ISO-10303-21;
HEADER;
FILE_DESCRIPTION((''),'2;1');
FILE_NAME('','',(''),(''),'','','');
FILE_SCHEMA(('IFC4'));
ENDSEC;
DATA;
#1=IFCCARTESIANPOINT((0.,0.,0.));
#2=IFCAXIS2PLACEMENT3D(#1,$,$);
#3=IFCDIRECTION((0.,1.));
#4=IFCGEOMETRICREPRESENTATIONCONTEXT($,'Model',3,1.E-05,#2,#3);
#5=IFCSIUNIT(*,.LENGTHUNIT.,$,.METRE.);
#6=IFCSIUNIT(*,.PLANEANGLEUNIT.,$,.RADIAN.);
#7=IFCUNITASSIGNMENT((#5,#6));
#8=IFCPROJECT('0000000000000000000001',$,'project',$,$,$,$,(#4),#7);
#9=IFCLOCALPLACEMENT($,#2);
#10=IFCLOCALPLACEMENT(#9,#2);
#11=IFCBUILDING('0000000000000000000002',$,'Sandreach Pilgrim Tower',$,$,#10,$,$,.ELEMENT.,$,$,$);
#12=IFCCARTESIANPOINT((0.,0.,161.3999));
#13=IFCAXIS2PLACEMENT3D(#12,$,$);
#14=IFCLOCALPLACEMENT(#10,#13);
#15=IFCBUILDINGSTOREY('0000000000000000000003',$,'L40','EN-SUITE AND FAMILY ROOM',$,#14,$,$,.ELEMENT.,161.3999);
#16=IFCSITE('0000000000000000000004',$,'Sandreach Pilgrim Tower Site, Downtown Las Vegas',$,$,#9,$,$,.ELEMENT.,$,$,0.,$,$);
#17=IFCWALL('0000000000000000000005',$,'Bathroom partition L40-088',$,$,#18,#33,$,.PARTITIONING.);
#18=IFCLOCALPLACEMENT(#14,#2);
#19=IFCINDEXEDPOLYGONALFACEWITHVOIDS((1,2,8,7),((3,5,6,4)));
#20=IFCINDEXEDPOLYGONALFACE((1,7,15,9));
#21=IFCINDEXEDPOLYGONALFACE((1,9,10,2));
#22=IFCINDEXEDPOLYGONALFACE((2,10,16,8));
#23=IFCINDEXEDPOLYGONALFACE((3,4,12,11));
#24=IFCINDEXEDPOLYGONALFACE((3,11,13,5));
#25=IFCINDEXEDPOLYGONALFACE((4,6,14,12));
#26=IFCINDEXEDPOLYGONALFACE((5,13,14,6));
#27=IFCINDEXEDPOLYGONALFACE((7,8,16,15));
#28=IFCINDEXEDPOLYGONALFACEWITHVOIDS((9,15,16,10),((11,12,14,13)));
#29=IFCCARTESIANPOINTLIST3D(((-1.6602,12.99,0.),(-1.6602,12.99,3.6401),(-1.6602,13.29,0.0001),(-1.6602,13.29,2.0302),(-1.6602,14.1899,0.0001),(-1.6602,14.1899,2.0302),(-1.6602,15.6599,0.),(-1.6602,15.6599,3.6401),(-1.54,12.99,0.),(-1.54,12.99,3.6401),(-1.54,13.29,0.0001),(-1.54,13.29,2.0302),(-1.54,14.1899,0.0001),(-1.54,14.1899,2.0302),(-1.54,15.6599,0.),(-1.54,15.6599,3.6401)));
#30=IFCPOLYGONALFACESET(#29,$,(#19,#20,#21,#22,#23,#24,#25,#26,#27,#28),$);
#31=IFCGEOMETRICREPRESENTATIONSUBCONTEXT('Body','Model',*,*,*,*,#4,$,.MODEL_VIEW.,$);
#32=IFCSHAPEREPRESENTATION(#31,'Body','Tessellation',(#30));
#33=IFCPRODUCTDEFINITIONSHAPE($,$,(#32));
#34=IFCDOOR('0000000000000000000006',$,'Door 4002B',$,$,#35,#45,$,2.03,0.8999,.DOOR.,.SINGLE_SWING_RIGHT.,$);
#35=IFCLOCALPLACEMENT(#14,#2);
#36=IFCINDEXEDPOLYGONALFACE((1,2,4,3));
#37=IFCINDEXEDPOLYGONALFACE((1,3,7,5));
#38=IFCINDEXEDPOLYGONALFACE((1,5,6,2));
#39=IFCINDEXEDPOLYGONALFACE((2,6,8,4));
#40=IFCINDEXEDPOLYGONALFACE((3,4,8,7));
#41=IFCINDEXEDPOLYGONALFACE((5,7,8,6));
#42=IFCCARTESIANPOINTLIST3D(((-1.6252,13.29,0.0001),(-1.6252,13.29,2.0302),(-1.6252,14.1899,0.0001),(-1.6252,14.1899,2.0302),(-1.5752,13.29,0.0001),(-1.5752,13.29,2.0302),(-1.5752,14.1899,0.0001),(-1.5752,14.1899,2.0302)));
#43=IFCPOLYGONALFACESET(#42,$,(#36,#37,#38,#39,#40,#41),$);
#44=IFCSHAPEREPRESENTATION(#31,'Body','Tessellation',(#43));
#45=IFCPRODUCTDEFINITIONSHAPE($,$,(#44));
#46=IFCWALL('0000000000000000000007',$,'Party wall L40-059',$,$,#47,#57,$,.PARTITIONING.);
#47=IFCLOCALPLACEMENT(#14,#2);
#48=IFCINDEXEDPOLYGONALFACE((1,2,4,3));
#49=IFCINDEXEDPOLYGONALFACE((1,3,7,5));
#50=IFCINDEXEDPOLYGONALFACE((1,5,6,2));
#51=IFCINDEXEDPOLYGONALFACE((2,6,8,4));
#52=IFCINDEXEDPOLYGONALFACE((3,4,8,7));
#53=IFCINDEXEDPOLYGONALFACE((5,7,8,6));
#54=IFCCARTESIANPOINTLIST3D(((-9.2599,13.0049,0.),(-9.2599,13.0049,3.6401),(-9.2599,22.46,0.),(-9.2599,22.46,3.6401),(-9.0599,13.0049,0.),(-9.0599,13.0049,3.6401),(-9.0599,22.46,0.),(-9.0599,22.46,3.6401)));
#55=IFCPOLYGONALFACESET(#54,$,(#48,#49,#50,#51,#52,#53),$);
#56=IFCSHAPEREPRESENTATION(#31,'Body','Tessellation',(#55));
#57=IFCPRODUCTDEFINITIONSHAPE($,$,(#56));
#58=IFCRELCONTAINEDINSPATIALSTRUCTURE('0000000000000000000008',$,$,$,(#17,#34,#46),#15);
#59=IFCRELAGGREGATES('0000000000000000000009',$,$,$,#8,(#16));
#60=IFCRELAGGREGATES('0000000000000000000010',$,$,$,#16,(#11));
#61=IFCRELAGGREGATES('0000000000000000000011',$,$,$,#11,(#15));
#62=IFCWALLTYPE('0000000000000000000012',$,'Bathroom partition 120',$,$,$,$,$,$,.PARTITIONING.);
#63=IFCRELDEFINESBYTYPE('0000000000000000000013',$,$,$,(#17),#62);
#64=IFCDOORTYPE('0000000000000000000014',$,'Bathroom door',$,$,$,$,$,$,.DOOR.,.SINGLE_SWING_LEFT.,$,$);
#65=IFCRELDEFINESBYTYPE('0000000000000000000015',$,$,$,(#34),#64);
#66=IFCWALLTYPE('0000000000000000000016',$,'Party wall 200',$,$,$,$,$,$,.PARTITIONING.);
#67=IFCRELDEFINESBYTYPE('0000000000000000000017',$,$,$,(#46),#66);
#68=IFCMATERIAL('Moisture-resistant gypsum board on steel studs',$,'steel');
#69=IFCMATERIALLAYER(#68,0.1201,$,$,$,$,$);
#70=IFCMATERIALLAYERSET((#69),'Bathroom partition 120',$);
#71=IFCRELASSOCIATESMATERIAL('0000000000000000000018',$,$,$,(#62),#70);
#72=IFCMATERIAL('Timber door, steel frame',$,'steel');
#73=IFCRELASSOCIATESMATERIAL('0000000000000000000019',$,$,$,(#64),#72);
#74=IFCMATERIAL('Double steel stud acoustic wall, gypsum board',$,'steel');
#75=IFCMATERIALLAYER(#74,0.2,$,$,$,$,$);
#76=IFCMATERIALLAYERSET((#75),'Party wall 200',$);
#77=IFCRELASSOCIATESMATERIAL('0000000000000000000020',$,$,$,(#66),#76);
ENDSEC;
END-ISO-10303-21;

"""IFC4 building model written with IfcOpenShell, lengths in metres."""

from ifc_helpers import new_model, si_unit, direction, frame, frame_2d, origin, place, context, subcontext, project, spatial, rectangle, extrude, material, layer, layer_set, type_object, element, fill, save


model = new_model("IFC4")

# Units and contexts
model_context = context("Model", 3, precision=1e-05, world=origin(), true_north=direction((0.0, 1.0)))
body_context = subcontext(model_context, "Body", "Model", "MODEL_VIEW")
ifc_project = project(units=[si_unit("LENGTHUNIT", "METRE"), si_unit("PLANEANGLEUNIT", "RADIAN")], contexts=[model_context])

# Site, building, storey
site_placement = place(None, origin())
site = spatial("IfcSite", under=ifc_project, at=site_placement, Name="Sandreach Pilgrim Tower Site, Downtown Las Vegas", CompositionType="ELEMENT", RefElevation=0.0)
building_placement = place(site_placement, origin())
building = spatial("IfcBuilding", under=site, at=building_placement, Name="Sandreach Pilgrim Tower", CompositionType="ELEMENT")
storey_placement = place(building_placement, frame((0.0, 0.0, 161.3999)))
storey = spatial("IfcBuildingStorey", under=building, at=storey_placement, Name="L40", Description="EN-SUITE AND FAMILY ROOM", CompositionType="ELEMENT", Elevation=161.3999)

# Shared definitions
ifc_material_1 = material(Name="Moisture-resistant gypsum board on steel studs", Category="steel")
ifc_layer_1 = layer(ifc_material_1, 0.1201)
ifc_layer_set_1 = layer_set([ifc_layer_1], Name="Bathroom partition 120")
wall_type_1 = type_object("IfcWallType", Name="Bathroom partition 120", PredefinedType="PARTITIONING", material=ifc_layer_set_1)
ifc_material_2 = material(Name="Timber door, steel frame", Category="steel")
door_type = type_object("IfcDoorType", Name="Bathroom door", OperationType="SINGLE_SWING_LEFT", PredefinedType="DOOR", material=ifc_material_2)

# Wall, opening, door
wall_1_placement = place(storey_placement, frame((-1.6001, 15.6599, 0.0), z_axis=(0.0, 0.0, 1.0), x_axis=(0.0, -1.0, 0.0)))
wall_1 = element("IfcWall", 1, at=wall_1_placement, inside=storey, type_object=wall_type_1, Name="Bathroom partition L40-088", PredefinedType="PARTITIONING", context=body_context, shape_type="SweptSolid", body=[
    extrude(rectangle(XDim=2.6699, YDim=0.1201, at=frame_2d((1.335, 0.0))), origin(), (0.0, 0.0, 1.0), 3.6401),
])
opening_1_placement = place(wall_1_placement, frame((1.47, 0.0, 0.0)))
opening_1 = element("IfcOpeningElement", 2, at=opening_1_placement, cuts=wall_1, PredefinedType="OPENING", context=body_context, shape_type="SweptSolid", body=[
    extrude(rectangle(XDim=0.8999, YDim=2.03, at=frame_2d((0.45, 1.0151))), frame((0.0, 0.0601, 0.0), z_axis=(0.0, -1.0, 0.0), x_axis=(1.0, 0.0, 0.0)), (0.0, 0.0, 1.0), 0.1201),
])
door_1_placement = place(opening_1_placement, origin())
door_1 = element("IfcDoor", 3, at=door_1_placement, inside=storey, type_object=door_type, Name="Door 4002B", OperationType="SINGLE_SWING_RIGHT", OverallHeight=2.03, OverallWidth=0.8999, PredefinedType="DOOR", context=body_context, shape_type="SweptSolid", body=[
    extrude(rectangle(XDim=0.8999, YDim=2.03, at=frame_2d((0.45, 1.0151))), frame((0.0, 0.0249, 0.0), z_axis=(0.0, -1.0, 0.0), x_axis=(1.0, 0.0, 0.0)), (0.0, 0.0, 1.0), 0.05),
])
fill(opening_1, door_1)

# Wall
ifc_material_3 = material(Name="Double steel stud acoustic wall, gypsum board", Category="steel")
ifc_layer_2 = layer(ifc_material_3, 0.2)
ifc_layer_set_2 = layer_set([ifc_layer_2], Name="Party wall 200")
wall_type_2 = type_object("IfcWallType", Name="Party wall 200", PredefinedType="PARTITIONING", material=ifc_layer_set_2)
wall_2_placement = place(storey_placement, frame((-9.1599, 22.46, 0.0), z_axis=(0.0, 0.0, 1.0), x_axis=(0.0, -1.0, 0.0)))
element("IfcWall", 4, at=wall_2_placement, inside=storey, type_object=wall_type_2, Name="Party wall L40-059", PredefinedType="PARTITIONING", context=body_context, shape_type="SweptSolid", body=[
    extrude(rectangle(XDim=9.4551, YDim=0.2, at=frame_2d((4.7275, 0.0))), origin(), (0.0, 0.0, 1.0), 3.6401),
])

save(model, "model.ifc")
